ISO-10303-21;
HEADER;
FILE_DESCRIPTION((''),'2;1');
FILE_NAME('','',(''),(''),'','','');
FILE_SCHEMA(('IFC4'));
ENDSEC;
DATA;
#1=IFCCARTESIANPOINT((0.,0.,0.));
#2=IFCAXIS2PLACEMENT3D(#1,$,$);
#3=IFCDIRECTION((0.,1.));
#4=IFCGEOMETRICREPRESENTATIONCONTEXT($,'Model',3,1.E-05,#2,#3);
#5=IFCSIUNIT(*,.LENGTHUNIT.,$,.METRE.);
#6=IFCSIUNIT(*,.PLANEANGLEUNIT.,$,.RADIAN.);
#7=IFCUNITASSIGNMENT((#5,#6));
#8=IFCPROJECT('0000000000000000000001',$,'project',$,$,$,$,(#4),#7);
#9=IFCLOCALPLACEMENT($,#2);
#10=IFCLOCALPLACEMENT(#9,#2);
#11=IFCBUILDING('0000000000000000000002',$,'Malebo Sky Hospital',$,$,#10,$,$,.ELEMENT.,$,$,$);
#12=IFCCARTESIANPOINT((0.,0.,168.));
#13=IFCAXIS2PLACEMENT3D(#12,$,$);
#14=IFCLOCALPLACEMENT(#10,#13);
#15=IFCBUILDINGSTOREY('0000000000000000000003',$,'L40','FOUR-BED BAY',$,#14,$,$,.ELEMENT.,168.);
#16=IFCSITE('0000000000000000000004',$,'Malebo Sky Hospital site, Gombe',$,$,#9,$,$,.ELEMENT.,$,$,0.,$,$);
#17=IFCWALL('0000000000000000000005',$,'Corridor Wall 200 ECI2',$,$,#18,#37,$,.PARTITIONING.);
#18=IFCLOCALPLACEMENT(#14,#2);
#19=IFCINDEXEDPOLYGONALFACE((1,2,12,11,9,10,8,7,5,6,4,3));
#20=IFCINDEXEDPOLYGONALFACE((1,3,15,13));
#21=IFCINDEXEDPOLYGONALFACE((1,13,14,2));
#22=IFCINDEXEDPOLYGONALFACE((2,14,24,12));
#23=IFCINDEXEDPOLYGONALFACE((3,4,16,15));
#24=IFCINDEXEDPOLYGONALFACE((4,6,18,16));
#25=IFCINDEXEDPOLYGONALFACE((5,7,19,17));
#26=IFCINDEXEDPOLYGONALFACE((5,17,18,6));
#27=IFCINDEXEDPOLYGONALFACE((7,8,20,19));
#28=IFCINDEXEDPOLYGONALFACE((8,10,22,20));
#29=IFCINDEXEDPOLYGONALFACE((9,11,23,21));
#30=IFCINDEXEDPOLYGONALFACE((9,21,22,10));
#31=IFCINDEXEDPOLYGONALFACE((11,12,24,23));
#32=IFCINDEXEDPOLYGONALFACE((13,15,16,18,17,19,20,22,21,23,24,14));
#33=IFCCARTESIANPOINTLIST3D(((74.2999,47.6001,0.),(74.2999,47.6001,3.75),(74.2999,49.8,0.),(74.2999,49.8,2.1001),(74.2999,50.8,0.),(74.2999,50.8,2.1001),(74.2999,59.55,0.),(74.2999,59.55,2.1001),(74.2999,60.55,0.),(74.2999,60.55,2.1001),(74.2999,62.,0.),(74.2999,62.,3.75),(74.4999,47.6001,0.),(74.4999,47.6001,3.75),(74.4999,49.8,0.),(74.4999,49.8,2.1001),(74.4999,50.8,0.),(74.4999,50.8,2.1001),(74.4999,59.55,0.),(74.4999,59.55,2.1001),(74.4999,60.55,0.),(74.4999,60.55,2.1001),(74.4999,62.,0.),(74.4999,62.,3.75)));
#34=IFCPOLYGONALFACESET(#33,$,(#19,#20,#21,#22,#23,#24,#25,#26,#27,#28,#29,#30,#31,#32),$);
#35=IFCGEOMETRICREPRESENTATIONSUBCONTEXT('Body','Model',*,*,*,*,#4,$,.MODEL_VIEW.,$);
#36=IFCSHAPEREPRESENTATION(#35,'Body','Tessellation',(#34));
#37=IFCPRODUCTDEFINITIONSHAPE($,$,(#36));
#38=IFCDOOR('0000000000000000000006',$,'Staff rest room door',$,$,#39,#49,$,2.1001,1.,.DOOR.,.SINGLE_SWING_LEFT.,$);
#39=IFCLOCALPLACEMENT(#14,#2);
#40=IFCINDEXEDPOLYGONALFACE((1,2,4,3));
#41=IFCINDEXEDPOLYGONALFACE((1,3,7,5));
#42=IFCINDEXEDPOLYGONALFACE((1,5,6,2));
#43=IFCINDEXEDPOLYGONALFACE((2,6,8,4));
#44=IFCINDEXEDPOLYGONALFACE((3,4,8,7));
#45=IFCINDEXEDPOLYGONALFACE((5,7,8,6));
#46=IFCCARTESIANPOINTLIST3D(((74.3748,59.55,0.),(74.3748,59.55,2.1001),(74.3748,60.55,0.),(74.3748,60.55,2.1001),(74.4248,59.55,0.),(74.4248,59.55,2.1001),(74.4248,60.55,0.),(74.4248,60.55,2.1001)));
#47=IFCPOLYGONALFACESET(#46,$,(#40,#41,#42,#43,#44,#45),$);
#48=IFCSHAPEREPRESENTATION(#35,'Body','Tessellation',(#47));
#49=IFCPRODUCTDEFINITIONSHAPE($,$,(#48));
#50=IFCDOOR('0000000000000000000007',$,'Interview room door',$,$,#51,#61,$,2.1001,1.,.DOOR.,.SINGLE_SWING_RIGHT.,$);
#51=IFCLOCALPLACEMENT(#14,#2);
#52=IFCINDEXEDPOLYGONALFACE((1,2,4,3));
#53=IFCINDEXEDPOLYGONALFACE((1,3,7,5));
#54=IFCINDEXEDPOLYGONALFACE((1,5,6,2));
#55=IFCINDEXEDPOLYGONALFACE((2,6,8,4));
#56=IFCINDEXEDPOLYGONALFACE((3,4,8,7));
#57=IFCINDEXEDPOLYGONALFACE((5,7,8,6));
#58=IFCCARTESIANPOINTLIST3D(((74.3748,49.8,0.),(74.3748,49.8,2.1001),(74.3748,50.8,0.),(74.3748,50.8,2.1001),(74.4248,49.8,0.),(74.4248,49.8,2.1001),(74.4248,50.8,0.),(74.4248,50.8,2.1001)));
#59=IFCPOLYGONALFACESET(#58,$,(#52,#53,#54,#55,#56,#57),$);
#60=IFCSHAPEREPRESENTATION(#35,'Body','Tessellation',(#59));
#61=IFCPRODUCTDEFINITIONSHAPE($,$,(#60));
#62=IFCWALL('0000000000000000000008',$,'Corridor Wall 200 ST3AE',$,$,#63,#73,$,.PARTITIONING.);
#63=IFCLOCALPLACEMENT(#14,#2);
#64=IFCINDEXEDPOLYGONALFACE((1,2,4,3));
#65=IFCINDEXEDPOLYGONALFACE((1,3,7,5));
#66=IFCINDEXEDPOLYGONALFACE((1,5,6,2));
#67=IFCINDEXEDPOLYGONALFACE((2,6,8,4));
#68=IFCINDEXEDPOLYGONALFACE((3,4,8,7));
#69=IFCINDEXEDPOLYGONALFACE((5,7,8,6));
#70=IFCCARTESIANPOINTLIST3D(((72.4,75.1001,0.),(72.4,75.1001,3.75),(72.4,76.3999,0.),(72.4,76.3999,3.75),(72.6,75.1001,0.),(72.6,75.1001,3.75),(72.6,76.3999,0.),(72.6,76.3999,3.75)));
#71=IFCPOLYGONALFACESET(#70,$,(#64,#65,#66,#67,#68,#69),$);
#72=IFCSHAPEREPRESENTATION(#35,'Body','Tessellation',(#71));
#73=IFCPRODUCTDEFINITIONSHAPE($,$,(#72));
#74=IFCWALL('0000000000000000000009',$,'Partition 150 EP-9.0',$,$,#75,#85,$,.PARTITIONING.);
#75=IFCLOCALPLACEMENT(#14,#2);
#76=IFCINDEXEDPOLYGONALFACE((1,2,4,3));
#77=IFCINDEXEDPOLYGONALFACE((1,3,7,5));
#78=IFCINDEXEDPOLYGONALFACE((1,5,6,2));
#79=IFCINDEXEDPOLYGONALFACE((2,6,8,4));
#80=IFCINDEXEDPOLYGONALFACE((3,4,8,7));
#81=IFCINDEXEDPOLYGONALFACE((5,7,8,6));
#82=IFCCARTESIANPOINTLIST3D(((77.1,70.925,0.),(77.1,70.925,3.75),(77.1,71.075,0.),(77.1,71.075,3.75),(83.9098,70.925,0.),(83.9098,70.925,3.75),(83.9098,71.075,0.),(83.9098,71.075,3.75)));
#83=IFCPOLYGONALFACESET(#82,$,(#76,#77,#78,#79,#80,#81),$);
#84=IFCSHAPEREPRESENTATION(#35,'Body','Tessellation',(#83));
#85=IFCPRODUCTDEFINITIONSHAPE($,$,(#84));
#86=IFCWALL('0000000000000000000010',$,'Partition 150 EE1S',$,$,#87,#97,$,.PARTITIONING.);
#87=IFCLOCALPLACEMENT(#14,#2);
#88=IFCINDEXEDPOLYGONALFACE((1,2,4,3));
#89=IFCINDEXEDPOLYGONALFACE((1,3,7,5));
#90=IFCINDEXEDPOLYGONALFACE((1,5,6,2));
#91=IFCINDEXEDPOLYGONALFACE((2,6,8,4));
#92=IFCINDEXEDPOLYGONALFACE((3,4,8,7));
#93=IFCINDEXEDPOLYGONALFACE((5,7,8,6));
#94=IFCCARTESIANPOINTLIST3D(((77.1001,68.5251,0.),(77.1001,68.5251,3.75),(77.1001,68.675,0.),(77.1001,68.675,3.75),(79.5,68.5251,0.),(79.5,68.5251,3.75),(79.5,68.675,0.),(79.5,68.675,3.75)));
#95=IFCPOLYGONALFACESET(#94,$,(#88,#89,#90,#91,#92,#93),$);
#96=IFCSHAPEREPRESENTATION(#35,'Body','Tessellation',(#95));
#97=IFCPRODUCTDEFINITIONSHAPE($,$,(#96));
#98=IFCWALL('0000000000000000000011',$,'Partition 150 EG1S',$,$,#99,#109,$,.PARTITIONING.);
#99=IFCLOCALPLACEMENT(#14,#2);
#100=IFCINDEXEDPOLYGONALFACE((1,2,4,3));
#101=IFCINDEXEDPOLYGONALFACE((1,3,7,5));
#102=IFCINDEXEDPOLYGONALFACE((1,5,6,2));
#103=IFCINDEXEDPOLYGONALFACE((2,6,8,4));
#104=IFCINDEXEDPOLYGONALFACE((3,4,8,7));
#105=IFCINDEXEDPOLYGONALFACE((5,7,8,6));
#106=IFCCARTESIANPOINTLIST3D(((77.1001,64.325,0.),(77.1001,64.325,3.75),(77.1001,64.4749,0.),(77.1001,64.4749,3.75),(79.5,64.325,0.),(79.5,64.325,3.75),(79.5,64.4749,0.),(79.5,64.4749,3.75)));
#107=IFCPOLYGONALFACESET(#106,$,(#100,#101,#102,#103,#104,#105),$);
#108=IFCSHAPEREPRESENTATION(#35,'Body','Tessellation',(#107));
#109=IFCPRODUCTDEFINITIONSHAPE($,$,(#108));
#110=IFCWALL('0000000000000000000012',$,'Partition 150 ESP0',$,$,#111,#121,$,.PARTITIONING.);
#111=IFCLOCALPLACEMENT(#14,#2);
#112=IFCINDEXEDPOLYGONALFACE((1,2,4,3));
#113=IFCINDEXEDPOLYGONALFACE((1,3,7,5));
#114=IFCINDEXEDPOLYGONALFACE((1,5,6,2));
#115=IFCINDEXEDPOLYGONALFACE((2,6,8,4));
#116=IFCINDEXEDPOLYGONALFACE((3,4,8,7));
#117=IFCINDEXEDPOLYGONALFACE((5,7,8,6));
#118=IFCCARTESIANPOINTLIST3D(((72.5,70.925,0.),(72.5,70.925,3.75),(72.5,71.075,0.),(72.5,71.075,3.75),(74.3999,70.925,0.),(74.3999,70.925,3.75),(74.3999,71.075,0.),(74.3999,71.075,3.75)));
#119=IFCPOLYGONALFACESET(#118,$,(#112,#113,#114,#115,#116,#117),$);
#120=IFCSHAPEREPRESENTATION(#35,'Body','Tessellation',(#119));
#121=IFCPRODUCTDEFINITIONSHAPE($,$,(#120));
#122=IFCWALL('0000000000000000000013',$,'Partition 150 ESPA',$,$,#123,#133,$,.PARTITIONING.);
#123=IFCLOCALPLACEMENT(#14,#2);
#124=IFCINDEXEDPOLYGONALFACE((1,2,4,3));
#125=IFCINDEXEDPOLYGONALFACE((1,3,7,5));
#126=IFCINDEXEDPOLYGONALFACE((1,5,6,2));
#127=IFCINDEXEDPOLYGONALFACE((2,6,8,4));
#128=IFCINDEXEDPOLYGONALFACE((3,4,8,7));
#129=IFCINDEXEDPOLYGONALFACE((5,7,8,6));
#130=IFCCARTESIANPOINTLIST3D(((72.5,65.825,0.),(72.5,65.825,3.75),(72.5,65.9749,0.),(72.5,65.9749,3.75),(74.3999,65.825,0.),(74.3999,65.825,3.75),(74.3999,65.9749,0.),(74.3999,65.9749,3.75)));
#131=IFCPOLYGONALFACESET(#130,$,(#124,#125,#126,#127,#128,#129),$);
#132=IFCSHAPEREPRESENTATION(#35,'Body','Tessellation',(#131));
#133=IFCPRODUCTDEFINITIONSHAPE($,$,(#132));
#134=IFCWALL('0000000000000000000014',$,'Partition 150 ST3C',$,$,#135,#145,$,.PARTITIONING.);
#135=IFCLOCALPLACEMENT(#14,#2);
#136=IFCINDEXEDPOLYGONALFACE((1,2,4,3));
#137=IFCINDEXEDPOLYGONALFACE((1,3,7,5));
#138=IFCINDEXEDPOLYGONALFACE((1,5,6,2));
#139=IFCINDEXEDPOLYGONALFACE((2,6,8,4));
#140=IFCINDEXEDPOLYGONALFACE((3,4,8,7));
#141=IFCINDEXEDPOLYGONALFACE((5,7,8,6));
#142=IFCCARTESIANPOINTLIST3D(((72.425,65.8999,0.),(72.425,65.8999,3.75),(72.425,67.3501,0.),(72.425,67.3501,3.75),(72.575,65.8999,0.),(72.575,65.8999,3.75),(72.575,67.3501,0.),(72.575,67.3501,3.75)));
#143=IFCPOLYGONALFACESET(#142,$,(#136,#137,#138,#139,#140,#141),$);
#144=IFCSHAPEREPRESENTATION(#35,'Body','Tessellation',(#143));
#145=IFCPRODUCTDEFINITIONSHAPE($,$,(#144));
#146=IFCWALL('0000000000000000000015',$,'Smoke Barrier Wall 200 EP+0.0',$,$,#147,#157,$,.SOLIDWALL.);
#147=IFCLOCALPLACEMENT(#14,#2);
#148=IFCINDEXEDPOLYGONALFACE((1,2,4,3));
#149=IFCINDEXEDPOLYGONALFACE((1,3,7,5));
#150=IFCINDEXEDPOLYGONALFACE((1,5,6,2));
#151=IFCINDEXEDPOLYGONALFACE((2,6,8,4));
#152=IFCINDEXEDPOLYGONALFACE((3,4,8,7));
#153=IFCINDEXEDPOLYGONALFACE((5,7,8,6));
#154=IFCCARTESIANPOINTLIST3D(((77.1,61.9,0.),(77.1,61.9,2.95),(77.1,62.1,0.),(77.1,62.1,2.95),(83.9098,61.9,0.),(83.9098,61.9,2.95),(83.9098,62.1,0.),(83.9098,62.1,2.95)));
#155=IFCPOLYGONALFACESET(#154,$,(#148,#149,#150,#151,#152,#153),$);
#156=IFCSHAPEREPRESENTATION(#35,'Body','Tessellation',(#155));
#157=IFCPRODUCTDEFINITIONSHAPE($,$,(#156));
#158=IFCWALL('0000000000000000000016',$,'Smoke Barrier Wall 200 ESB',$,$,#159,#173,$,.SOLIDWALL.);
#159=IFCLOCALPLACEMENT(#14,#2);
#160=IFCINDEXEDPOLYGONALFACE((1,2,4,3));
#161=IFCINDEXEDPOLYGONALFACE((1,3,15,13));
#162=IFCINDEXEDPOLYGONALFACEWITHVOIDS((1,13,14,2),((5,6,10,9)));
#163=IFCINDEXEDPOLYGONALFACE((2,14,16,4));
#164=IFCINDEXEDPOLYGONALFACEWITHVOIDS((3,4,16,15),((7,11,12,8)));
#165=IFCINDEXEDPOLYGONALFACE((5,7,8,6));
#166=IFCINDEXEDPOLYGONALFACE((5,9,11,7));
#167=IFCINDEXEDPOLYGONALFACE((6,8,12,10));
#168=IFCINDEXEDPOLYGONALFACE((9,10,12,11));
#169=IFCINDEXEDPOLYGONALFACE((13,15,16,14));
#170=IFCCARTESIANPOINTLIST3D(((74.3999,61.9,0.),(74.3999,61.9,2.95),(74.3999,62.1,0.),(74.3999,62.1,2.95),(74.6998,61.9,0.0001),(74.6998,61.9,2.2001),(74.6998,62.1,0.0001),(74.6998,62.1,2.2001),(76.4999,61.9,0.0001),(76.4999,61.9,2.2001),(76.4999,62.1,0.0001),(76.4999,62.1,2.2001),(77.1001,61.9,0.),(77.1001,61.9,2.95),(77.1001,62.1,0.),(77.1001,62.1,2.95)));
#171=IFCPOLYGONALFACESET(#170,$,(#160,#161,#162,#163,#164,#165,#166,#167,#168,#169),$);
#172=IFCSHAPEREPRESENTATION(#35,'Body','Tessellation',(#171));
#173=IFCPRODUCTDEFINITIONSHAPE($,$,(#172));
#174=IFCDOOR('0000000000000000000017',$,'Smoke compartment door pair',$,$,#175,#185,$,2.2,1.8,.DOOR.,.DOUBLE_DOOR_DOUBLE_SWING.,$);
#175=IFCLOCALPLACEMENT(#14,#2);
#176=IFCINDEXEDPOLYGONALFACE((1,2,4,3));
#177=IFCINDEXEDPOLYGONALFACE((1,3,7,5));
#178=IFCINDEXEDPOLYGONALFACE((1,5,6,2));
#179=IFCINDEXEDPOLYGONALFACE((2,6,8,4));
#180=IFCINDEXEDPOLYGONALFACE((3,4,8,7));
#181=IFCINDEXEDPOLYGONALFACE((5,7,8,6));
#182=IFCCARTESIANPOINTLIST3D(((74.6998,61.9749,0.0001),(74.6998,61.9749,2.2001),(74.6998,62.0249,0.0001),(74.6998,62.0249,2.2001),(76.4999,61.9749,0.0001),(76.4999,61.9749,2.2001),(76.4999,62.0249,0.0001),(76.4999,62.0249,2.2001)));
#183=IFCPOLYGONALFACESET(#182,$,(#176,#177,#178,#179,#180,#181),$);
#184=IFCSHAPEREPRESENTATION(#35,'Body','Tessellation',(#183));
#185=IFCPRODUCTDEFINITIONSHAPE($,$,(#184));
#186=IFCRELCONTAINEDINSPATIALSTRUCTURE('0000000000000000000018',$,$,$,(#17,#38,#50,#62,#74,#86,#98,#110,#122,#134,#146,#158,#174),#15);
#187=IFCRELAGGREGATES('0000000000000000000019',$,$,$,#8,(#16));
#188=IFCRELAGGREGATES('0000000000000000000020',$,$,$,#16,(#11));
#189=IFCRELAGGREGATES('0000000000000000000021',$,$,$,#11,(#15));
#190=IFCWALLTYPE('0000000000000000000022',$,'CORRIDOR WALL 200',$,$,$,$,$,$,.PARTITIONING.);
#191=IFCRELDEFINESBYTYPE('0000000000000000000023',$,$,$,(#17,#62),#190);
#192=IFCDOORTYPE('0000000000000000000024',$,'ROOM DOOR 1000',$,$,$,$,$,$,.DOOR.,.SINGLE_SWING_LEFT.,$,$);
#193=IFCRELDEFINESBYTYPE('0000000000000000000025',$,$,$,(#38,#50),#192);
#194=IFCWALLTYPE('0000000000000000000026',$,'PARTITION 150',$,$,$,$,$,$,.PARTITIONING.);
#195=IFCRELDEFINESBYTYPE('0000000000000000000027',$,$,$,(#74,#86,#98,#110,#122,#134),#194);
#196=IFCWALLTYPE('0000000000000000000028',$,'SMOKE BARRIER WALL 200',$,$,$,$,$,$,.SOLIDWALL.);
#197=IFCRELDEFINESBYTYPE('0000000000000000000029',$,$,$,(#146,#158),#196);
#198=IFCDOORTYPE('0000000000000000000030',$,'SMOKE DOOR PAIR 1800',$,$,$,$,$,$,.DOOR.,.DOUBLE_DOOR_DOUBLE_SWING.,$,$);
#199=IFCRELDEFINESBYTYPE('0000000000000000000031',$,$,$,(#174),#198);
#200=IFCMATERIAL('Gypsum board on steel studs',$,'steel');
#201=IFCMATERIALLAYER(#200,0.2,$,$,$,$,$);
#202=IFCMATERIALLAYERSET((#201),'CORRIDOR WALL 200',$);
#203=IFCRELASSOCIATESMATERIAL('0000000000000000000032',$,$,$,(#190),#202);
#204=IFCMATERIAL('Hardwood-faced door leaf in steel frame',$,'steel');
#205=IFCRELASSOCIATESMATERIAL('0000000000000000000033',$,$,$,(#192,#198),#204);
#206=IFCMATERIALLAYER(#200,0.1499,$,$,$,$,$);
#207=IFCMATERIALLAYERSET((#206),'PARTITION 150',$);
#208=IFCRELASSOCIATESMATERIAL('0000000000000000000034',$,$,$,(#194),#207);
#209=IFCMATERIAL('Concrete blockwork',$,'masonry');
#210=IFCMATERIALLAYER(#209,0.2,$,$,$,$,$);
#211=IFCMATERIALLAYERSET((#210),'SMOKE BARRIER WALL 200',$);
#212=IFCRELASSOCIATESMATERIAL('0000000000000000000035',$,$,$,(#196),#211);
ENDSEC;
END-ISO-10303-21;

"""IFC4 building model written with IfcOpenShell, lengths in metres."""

from ifc_helpers import new_model, si_unit, direction, frame, frame_2d, origin, place, context, subcontext, project, spatial, rectangle, extrude, material, layer, layer_set, type_object, element, fill, save


model = new_model("IFC4")

# Units and contexts
model_context = context("Model", 3, precision=1e-05, world=origin(), true_north=direction((0.0, 1.0)))
body_context = subcontext(model_context, "Body", "Model", "MODEL_VIEW")
ifc_project = project(units=[si_unit("LENGTHUNIT", "METRE"), si_unit("PLANEANGLEUNIT", "RADIAN")], contexts=[model_context])

# Site, building, storey
site_placement = place(None, origin())
site = spatial("IfcSite", under=ifc_project, at=site_placement, Name="Malebo Sky Hospital site, Gombe", CompositionType="ELEMENT", RefElevation=0.0)
building_placement = place(site_placement, origin())
building = spatial("IfcBuilding", under=site, at=building_placement, Name="Malebo Sky Hospital", CompositionType="ELEMENT")
storey_placement = place(building_placement, frame((0.0, 0.0, 168.0)))
storey = spatial("IfcBuildingStorey", under=building, at=storey_placement, Name="L40", Description="FOUR-BED BAY", CompositionType="ELEMENT", Elevation=168.0)

# Wall, openings, doors
ifc_material_1 = material(Name="Gypsum board on steel studs", Category="steel")
ifc_layer_1 = layer(ifc_material_1, 0.2)
ifc_layer_set_1 = layer_set([ifc_layer_1], Name="CORRIDOR WALL 200")
wall_type_1 = type_object("IfcWallType", Name="CORRIDOR WALL 200", PredefinedType="PARTITIONING", material=ifc_layer_set_1)
wall_1_placement = place(storey_placement, frame((74.3999, 62.0, 0.0), z_axis=(0.0, 0.0, 1.0), x_axis=(0.0, -1.0, 0.0)))
wall_1 = element("IfcWall", 1, at=wall_1_placement, inside=storey, type_object=wall_type_1, Name="Corridor Wall 200 ECI2", PredefinedType="PARTITIONING", context=body_context, shape_type="SweptSolid", body=[
    extrude(rectangle(XDim=14.3999, YDim=0.2, at=frame_2d((7.2, 0.0))), origin(), (0.0, 0.0, 1.0), 3.75),
])
opening_1_placement = place(wall_1_placement, frame((1.45, 0.0, 0.0)))
opening_1 = element("IfcOpeningElement", 2, at=opening_1_placement, cuts=wall_1, PredefinedType="OPENING", context=body_context, shape_type="SweptSolid", body=[
    extrude(rectangle(XDim=1.0, YDim=2.1001, at=frame_2d((0.5, 1.05))), frame((0.0, 0.1099, 0.0), z_axis=(0.0, -1.0, 0.0), x_axis=(1.0, 0.0, 0.0)), (0.0, 0.0, 1.0), 0.22),
])
opening_2_placement = place(wall_1_placement, frame((11.2, 0.0, 0.0)))
opening_2 = element("IfcOpeningElement", 3, at=opening_2_placement, cuts=wall_1, PredefinedType="OPENING", context=body_context, shape_type="SweptSolid", body=[
    extrude(rectangle(XDim=1.0, YDim=2.1001, at=frame_2d((0.5, 1.05))), frame((0.0, 0.1099, 0.0), z_axis=(0.0, -1.0, 0.0), x_axis=(1.0, 0.0, 0.0)), (0.0, 0.0, 1.0), 0.22),
])
ifc_material_2 = material(Name="Hardwood-faced door leaf in steel frame", Category="steel")
door_type_1 = type_object("IfcDoorType", Name="ROOM DOOR 1000", OperationType="SINGLE_SWING_LEFT", PredefinedType="DOOR", material=ifc_material_2)
door_1_placement = place(opening_1_placement, origin())
door_1 = element("IfcDoor", 4, at=door_1_placement, inside=storey, type_object=door_type_1, Name="Staff rest room door", OperationType="SINGLE_SWING_LEFT", OverallHeight=2.1001, OverallWidth=1.0, PredefinedType="DOOR", context=body_context, shape_type="SweptSolid", body=[
    extrude(rectangle(XDim=1.0, YDim=2.1001, at=frame_2d((0.5, 1.05))), frame((0.0, 0.0249, 0.0), z_axis=(0.0, -1.0, 0.0), x_axis=(1.0, 0.0, 0.0)), (0.0, 0.0, 1.0), 0.05),
])
fill(opening_1, door_1)
door_2_placement = place(opening_2_placement, origin())
door_2 = element("IfcDoor", 5, at=door_2_placement, inside=storey, type_object=door_type_1, Name="Interview room door", OperationType="SINGLE_SWING_RIGHT", OverallHeight=2.1001, OverallWidth=1.0, PredefinedType="DOOR", context=body_context, shape_type="SweptSolid", body=[
    extrude(rectangle(XDim=1.0, YDim=2.1001, at=frame_2d((0.5, 1.05))), frame((0.0, 0.0249, 0.0), z_axis=(0.0, -1.0, 0.0), x_axis=(1.0, 0.0, 0.0)), (0.0, 0.0, 1.0), 0.05),
])
fill(opening_2, door_2)

# Walls
wall_2_placement = place(storey_placement, frame((72.5, 75.1001, 0.0), z_axis=(0.0, 0.0, 1.0), x_axis=(0.0, 1.0, 0.0)))
element("IfcWall", 6, at=wall_2_placement, inside=storey, type_object=wall_type_1, Name="Corridor Wall 200 ST3AE", PredefinedType="PARTITIONING", context=body_context, shape_type="SweptSolid", body=[
    extrude(rectangle(XDim=1.2998, YDim=0.2, at=frame_2d((0.6499, 0.0))), origin(), (0.0, 0.0, 1.0), 3.75),
])
ifc_layer_2 = layer(ifc_material_1, 0.1499)
ifc_layer_set_2 = layer_set([ifc_layer_2], Name="PARTITION 150")
wall_type_2 = type_object("IfcWallType", Name="PARTITION 150", PredefinedType="PARTITIONING", material=ifc_layer_set_2)
wall_3_placement = place(storey_placement, frame((77.1001, 71.0, 0.0), z_axis=(0.0, 0.0, 1.0), x_axis=(1.0, 0.0, 0.0)))
element("IfcWall", 7, at=wall_3_placement, inside=storey, type_object=wall_type_2, Name="Partition 150 EP-9.0", PredefinedType="PARTITIONING", context=body_context, shape_type="SweptSolid", body=[
    extrude(rectangle(XDim=6.8098, YDim=0.1499, at=frame_2d((3.4048, 0.0))), origin(), (0.0, 0.0, 1.0), 3.75),
])
for number, where, z_axis, x_axis, name in (
    (8, (77.1001, 68.6001, 0.0), (0.0, 0.0, 1.0), (1.0, 0.0, 0.0), "Partition 150 EE1S"),
    (9, (77.1001, 64.3999, 0.0), (0.0, 0.0, 1.0), (1.0, 0.0, 0.0), "Partition 150 EG1S"),
):
    element("IfcWall", number, at=place(storey_placement, frame(where, z_axis=z_axis, x_axis=x_axis)), inside=storey, type_object=wall_type_2, Name=name, PredefinedType="PARTITIONING", context=body_context, shape_type="SweptSolid", body=[
        extrude(rectangle(XDim=2.3999, YDim=0.1499, at=frame_2d((1.2, 0.0))), origin(), (0.0, 0.0, 1.0), 3.75),
    ])
for number, where, z_axis, x_axis, name in (
    (10, (72.5, 71.0, 0.0), (0.0, 0.0, 1.0), (1.0, 0.0, 0.0), "Partition 150 ESP0"),
    (11, (72.5, 65.8999, 0.0), (0.0, 0.0, 1.0), (1.0, 0.0, 0.0), "Partition 150 ESPA"),
):
    element("IfcWall", number, at=place(storey_placement, frame(where, z_axis=z_axis, x_axis=x_axis)), inside=storey, type_object=wall_type_2, Name=name, PredefinedType="PARTITIONING", context=body_context, shape_type="SweptSolid", body=[
        extrude(rectangle(XDim=1.8999, YDim=0.1499, at=frame_2d((0.95, 0.0))), origin(), (0.0, 0.0, 1.0), 3.75),
    ])
wall_4_placement = place(storey_placement, frame((72.5, 65.8999, 0.0), z_axis=(0.0, 0.0, 1.0), x_axis=(0.0, 1.0, 0.0)))
element("IfcWall", 12, at=wall_4_placement, inside=storey, type_object=wall_type_2, Name="Partition 150 ST3C", PredefinedType="PARTITIONING", context=body_context, shape_type="SweptSolid", body=[
    extrude(rectangle(XDim=1.4502, YDim=0.1499, at=frame_2d((0.7251, 0.0))), origin(), (0.0, 0.0, 1.0), 3.75),
])
ifc_material_3 = material(Name="Concrete blockwork", Category="masonry")
ifc_layer_3 = layer(ifc_material_3, 0.2)
ifc_layer_set_3 = layer_set([ifc_layer_3], Name="SMOKE BARRIER WALL 200")
wall_type_3 = type_object("IfcWallType", Name="SMOKE BARRIER WALL 200", PredefinedType="SOLIDWALL", material=ifc_layer_set_3)
wall_5_placement = place(storey_placement, frame((77.1001, 62.0, 0.0), z_axis=(0.0, 0.0, 1.0), x_axis=(1.0, 0.0, 0.0)))
element("IfcWall", 13, at=wall_5_placement, inside=storey, type_object=wall_type_3, Name="Smoke Barrier Wall 200 EP+0.0", PredefinedType="SOLIDWALL", context=body_context, shape_type="SweptSolid", body=[
    extrude(rectangle(XDim=6.8098, YDim=0.2, at=frame_2d((3.4048, 0.0))), origin(), (0.0, 0.0, 1.0), 2.95),
])

# Wall, opening, door
wall_6_placement = place(storey_placement, frame((74.3999, 62.0, 0.0), z_axis=(0.0, 0.0, 1.0), x_axis=(1.0, 0.0, 0.0)))
wall_6 = element("IfcWall", 14, at=wall_6_placement, inside=storey, type_object=wall_type_3, Name="Smoke Barrier Wall 200 ESB", PredefinedType="SOLIDWALL", context=body_context, shape_type="SweptSolid", body=[
    extrude(rectangle(XDim=2.7002, YDim=0.2, at=frame_2d((1.3501, 0.0))), origin(), (0.0, 0.0, 1.0), 2.95),
])
opening_3_placement = place(wall_6_placement, frame((0.3, 0.0, 0.0)))
opening_3 = element("IfcOpeningElement", 15, at=opening_3_placement, cuts=wall_6, PredefinedType="OPENING", context=body_context, shape_type="SweptSolid", body=[
    extrude(rectangle(XDim=1.8, YDim=2.2, at=frame_2d((0.8999, 1.1001))), frame((0.0, 0.1099, 0.0), z_axis=(0.0, -1.0, 0.0), x_axis=(1.0, 0.0, 0.0)), (0.0, 0.0, 1.0), 0.22),
])
door_type_2 = type_object("IfcDoorType", Name="SMOKE DOOR PAIR 1800", OperationType="DOUBLE_DOOR_DOUBLE_SWING", PredefinedType="DOOR", material=ifc_material_2)
door_3_placement = place(opening_3_placement, origin())
door_3 = element("IfcDoor", 16, at=door_3_placement, inside=storey, type_object=door_type_2, Name="Smoke compartment door pair", OperationType="DOUBLE_DOOR_DOUBLE_SWING", OverallHeight=2.2, OverallWidth=1.8, PredefinedType="DOOR", context=body_context, shape_type="SweptSolid", body=[
    extrude(rectangle(XDim=1.8, YDim=2.2, at=frame_2d((0.8999, 1.1001))), frame((0.0, 0.0249, 0.0), z_axis=(0.0, -1.0, 0.0), x_axis=(1.0, 0.0, 0.0)), (0.0, 0.0, 1.0), 0.05),
])
fill(opening_3, door_3)

save(model, "model.ifc")
